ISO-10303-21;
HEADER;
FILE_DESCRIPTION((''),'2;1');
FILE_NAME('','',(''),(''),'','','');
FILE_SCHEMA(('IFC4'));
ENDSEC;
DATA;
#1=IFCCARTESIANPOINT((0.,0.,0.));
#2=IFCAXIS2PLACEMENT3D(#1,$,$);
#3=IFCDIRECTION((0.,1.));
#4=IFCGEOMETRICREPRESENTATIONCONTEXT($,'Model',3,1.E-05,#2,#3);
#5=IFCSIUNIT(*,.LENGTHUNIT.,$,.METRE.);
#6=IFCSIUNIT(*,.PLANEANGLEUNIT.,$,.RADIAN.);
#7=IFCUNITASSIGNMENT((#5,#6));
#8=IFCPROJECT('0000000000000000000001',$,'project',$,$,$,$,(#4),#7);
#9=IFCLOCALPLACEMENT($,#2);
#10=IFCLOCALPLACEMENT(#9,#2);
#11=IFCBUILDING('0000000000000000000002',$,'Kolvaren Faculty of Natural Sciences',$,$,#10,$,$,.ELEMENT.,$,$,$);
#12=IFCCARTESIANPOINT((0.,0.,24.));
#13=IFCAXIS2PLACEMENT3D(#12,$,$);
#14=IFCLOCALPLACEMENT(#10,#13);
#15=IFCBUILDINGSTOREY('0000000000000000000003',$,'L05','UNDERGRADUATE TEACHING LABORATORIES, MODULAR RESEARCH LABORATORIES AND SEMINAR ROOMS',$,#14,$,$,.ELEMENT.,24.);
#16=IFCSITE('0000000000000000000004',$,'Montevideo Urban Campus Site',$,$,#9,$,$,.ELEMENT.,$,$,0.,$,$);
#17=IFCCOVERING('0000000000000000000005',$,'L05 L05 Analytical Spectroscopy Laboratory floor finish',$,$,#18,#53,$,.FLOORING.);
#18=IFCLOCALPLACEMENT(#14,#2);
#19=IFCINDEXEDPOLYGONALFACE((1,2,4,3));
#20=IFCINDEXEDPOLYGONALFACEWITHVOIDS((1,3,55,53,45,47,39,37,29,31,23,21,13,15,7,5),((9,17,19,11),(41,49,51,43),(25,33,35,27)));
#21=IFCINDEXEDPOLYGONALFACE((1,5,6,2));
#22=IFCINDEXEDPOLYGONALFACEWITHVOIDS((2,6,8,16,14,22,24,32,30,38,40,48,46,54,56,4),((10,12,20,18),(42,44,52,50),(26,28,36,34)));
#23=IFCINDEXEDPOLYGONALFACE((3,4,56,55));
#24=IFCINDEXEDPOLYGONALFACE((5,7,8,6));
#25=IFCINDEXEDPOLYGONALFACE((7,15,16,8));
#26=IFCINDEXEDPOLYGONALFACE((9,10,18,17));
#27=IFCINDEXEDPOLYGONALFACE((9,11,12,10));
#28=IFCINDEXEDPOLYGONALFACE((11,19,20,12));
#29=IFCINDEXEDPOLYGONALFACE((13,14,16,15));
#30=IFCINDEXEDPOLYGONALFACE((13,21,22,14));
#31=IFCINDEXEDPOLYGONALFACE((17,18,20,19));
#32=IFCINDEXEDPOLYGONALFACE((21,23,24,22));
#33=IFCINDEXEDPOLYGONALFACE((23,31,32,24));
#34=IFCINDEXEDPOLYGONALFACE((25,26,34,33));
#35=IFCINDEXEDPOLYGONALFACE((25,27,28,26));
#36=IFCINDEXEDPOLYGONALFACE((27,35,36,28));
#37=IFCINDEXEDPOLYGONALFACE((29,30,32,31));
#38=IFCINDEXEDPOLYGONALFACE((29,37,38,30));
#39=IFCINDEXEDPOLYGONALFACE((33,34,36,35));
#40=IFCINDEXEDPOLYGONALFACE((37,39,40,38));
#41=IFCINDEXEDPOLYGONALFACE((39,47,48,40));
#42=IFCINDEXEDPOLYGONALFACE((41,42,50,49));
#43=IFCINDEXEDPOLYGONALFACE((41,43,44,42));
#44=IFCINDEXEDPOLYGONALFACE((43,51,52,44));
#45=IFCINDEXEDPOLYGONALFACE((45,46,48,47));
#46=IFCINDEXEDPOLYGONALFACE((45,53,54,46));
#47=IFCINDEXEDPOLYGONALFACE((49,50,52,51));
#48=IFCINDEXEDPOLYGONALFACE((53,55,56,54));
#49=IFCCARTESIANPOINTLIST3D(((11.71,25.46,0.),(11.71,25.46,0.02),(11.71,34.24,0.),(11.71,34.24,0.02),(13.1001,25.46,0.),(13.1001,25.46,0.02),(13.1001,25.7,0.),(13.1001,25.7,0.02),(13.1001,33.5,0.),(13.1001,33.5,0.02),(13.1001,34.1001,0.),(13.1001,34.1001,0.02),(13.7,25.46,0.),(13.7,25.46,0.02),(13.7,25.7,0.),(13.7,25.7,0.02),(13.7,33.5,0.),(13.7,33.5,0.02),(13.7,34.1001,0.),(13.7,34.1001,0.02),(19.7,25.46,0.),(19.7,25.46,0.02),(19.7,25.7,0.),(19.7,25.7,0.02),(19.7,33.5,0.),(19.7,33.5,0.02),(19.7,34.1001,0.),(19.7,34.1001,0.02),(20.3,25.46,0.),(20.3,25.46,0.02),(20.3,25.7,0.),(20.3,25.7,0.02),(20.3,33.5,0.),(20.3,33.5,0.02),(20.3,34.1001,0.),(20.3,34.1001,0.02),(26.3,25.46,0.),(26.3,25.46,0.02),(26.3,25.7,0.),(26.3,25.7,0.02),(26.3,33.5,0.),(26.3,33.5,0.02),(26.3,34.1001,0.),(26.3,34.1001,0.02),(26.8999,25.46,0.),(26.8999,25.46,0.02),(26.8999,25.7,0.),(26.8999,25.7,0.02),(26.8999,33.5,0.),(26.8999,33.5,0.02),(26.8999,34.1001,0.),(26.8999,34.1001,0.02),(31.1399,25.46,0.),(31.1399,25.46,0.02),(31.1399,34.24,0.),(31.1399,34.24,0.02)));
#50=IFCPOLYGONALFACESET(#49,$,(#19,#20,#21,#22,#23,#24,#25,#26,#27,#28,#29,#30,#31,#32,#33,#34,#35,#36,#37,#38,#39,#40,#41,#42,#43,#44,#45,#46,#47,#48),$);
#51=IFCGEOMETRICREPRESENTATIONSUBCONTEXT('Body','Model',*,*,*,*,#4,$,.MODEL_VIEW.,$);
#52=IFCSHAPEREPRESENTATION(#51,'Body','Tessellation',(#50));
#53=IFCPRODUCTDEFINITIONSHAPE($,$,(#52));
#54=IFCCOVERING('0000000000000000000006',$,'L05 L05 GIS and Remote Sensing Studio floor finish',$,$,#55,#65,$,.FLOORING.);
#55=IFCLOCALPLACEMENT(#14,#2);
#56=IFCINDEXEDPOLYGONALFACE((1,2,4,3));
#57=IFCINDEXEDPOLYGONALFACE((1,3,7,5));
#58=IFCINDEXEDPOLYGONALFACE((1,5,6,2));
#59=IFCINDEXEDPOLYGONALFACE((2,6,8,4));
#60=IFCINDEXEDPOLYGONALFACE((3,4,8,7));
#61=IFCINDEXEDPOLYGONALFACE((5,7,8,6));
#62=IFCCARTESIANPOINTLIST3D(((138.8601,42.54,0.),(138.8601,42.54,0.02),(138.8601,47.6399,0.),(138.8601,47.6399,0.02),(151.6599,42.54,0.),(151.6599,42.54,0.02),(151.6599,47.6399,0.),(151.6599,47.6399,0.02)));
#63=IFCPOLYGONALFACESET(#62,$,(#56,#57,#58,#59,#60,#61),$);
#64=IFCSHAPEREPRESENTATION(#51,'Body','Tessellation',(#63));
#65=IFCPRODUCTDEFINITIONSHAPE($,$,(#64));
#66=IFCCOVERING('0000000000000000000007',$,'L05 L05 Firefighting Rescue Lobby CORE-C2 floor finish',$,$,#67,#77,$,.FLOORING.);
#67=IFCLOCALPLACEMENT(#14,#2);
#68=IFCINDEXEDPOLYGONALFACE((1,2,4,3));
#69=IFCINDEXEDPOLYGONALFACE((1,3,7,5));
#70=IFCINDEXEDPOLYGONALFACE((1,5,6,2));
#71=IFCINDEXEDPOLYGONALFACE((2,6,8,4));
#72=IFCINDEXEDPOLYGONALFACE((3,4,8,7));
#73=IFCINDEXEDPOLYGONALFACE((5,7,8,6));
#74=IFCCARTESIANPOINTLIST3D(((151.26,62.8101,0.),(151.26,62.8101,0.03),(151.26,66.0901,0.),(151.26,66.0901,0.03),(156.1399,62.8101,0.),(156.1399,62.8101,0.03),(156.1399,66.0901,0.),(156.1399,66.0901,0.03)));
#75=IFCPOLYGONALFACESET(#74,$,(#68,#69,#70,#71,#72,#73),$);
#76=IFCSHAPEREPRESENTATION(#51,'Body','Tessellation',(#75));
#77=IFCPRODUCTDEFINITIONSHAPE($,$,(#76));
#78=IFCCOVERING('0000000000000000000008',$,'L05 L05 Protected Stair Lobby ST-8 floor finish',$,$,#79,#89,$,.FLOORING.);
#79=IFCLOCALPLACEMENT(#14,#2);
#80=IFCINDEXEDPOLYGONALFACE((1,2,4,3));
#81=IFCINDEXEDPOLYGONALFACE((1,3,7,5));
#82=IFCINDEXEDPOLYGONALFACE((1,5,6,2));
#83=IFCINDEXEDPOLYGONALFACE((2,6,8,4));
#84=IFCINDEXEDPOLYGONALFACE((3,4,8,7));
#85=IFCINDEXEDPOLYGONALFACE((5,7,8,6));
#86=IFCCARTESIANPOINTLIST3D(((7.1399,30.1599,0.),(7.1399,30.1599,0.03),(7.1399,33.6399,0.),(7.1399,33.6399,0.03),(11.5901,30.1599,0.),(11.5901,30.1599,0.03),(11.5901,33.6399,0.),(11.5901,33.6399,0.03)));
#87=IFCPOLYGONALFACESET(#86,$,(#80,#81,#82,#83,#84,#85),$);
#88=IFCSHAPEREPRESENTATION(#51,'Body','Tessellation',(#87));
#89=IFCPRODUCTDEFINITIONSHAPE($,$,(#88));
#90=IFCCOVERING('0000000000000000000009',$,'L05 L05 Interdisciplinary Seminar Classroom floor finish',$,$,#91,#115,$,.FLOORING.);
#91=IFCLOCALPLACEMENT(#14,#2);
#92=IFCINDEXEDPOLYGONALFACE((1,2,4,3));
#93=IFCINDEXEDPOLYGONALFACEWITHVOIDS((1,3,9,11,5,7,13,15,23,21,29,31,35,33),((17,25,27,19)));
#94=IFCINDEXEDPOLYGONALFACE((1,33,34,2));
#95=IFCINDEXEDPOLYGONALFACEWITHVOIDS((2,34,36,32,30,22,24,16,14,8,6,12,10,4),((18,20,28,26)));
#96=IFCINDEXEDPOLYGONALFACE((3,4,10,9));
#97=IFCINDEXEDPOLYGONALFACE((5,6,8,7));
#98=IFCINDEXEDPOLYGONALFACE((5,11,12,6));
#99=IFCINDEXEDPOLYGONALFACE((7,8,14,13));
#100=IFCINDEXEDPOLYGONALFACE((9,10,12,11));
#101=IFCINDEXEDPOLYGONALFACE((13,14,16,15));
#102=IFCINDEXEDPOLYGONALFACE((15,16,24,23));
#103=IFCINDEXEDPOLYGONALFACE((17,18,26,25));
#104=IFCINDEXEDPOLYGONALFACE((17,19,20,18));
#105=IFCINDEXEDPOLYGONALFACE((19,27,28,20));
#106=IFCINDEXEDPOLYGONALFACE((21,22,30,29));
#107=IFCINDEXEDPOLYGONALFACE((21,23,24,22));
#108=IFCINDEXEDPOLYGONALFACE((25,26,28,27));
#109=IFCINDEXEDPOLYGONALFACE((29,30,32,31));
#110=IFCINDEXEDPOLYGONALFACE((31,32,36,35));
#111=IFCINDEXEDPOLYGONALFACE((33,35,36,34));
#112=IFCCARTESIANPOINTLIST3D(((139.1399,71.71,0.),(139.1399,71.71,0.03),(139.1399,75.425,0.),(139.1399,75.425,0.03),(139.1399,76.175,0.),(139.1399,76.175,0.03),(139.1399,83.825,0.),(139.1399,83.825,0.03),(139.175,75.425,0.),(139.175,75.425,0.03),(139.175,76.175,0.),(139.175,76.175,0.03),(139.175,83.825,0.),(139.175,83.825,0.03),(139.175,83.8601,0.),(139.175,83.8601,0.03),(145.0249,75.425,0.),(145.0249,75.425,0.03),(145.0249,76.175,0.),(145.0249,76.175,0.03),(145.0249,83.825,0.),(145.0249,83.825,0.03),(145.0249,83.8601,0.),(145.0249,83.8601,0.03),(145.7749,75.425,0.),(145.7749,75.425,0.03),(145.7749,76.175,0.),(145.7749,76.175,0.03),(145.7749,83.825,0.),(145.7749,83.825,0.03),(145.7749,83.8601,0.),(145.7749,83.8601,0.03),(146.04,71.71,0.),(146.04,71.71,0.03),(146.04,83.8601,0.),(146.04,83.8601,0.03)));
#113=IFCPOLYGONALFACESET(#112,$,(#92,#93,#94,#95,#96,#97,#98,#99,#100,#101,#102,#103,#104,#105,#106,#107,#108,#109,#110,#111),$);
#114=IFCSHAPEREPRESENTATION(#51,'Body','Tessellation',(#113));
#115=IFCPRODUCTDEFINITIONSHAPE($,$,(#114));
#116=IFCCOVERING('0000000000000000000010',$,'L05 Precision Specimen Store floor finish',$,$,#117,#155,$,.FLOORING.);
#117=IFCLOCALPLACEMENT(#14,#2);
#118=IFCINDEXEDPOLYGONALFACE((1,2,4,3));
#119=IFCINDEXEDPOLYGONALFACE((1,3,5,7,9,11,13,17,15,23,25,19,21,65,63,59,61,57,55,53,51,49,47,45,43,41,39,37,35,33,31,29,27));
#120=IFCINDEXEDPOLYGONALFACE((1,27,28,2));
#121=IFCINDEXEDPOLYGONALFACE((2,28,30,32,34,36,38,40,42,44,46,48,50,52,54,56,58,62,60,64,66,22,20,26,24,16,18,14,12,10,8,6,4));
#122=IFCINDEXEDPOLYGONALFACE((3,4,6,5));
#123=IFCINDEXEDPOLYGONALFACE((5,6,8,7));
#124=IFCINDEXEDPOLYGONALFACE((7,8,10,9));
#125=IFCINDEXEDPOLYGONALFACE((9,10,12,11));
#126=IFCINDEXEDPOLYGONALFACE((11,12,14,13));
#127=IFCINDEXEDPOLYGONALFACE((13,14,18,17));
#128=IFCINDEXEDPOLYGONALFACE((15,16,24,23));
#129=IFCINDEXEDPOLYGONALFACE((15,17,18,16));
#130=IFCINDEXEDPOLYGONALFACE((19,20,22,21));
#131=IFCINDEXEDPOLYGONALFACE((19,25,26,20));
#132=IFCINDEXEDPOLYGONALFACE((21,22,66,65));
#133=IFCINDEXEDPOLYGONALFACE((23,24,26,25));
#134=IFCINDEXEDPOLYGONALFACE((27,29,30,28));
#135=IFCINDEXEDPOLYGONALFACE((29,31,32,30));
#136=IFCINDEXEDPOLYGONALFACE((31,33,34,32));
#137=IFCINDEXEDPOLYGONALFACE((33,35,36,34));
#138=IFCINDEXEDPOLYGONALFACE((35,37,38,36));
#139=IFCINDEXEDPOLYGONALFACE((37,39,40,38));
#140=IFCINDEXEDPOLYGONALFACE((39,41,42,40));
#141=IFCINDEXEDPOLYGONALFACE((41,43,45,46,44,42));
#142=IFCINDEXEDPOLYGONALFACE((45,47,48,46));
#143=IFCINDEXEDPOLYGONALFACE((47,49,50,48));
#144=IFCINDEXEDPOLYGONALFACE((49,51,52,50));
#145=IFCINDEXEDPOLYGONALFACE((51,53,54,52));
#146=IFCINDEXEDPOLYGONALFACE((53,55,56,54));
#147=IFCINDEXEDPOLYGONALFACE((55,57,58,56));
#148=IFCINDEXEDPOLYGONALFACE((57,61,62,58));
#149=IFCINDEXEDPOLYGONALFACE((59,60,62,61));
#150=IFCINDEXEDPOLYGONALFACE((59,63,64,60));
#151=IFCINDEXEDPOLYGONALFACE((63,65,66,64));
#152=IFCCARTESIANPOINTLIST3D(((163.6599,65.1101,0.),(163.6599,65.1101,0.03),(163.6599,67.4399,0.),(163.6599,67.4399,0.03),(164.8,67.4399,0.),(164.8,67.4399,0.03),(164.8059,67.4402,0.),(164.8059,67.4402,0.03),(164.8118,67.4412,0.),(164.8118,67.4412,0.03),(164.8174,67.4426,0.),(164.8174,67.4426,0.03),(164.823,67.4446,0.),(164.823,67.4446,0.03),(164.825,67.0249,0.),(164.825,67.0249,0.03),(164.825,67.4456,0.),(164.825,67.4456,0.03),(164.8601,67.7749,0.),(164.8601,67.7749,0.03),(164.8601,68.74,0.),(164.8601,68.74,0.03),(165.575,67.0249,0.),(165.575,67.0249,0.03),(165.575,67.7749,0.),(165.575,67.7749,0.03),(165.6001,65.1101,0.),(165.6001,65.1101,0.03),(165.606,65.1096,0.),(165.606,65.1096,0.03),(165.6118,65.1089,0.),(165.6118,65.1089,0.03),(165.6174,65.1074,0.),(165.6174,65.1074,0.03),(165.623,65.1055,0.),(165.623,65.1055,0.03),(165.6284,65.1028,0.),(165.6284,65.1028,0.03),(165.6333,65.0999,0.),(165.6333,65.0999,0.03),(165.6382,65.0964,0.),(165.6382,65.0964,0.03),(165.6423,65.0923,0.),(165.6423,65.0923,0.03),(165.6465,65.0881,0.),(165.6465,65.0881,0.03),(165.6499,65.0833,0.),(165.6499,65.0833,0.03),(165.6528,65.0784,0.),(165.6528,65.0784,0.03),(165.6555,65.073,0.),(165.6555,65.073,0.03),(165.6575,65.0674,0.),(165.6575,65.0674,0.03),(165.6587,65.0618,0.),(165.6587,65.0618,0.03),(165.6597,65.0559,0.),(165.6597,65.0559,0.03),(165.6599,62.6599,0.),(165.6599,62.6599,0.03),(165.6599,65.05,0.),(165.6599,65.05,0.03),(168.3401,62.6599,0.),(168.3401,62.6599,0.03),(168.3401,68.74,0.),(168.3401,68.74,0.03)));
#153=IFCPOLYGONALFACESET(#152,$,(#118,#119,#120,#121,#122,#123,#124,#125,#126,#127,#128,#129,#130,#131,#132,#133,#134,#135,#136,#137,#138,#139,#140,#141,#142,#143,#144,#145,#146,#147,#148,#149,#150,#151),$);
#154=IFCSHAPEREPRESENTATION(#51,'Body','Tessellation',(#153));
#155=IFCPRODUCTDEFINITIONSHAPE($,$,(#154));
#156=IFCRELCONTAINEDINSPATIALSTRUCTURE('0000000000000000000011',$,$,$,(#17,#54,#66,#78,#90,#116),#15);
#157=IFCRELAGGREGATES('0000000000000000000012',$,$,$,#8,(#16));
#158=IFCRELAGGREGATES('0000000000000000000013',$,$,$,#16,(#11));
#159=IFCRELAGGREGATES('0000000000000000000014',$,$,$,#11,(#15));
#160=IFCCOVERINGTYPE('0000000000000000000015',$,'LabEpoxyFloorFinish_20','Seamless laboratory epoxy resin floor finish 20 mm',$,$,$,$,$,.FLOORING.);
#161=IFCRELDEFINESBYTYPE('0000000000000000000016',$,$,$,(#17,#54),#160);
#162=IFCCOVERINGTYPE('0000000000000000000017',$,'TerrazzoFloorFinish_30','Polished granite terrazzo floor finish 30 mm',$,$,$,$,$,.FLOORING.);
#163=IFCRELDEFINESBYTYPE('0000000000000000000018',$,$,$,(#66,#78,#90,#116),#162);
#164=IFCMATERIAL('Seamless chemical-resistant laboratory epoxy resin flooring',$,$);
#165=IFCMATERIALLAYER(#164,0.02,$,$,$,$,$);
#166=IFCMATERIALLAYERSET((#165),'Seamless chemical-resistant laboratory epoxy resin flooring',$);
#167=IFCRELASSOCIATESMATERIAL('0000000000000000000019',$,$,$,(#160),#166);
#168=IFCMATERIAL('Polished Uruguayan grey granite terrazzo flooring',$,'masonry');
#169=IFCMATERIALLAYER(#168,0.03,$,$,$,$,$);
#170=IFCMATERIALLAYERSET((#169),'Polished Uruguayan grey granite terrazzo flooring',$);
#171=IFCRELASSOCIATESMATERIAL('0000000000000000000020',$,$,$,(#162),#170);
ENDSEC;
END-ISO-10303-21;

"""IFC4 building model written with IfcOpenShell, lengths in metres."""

from ifc_helpers import new_model, si_unit, direction, frame, origin, place, context, subcontext, project, spatial, polyline, outline, extrude, material, layer, layer_set, type_object, element, save


model = new_model("IFC4")

# Units and contexts
model_context = context("Model", 3, precision=1e-05, world=origin(), true_north=direction((0.0, 1.0)))
body_context = subcontext(model_context, "Body", "Model", "MODEL_VIEW")
ifc_project = project(units=[si_unit("LENGTHUNIT", "METRE"), si_unit("PLANEANGLEUNIT", "RADIAN")], contexts=[model_context])

# Site, building, storey
site_placement = place(None, origin())
site = spatial("IfcSite", under=ifc_project, at=site_placement, Name="Montevideo Urban Campus Site", CompositionType="ELEMENT", RefElevation=0.0)
building_placement = place(site_placement, origin())
building = spatial("IfcBuilding", under=site, at=building_placement, Name="Kolvaren Faculty of Natural Sciences", CompositionType="ELEMENT")
storey_placement = place(building_placement, frame((0.0, 0.0, 24.0)))
storey = spatial("IfcBuildingStorey", under=building, at=storey_placement, Name="L05", Description="UNDERGRADUATE TEACHING LABORATORIES, MODULAR RESEARCH LABORATORIES AND SEMINAR ROOMS", CompositionType="ELEMENT", Elevation=24.0)

# Coverings
ifc_material_1 = material(Name="Seamless chemical-resistant laboratory epoxy resin flooring")
ifc_layer_1 = layer(ifc_material_1, 0.02)
ifc_layer_set_1 = layer_set([ifc_layer_1], Name="Seamless chemical-resistant laboratory epoxy resin flooring")
covering_type_1 = type_object("IfcCoveringType", Name="LabEpoxyFloorFinish_20", Description="Seamless laboratory epoxy resin floor finish 20 mm", PredefinedType="FLOORING", material=ifc_layer_set_1)
covering_1_placement = place(storey_placement, origin())
element("IfcCovering", 1, at=covering_1_placement, inside=storey, type_object=covering_type_1, Name="L05 L05 Analytical Spectroscopy Laboratory floor finish", PredefinedType="FLOORING", context=body_context, shape_type="SweptSolid", body=[
    extrude(outline(polyline([(31.1399, 34.24), (31.1399, 25.46), (26.8999, 25.46), (26.8999, 25.7), (26.3, 25.7), (26.3, 25.46), (20.3, 25.46), (20.3, 25.7), (19.7, 25.7), (19.7, 25.46), (13.7, 25.46), (13.7, 25.7), (13.1001, 25.7), (13.1001, 25.46), (11.71, 25.46), (11.71, 34.24), (31.1399, 34.24)]), holes=[polyline([(19.7, 33.5), (20.3, 33.5), (20.3, 34.1001), (19.7, 34.1001), (19.7, 33.5)]), polyline([(26.3, 33.5), (26.8999, 33.5), (26.8999, 34.1001), (26.3, 34.1001), (26.3, 33.5)]), polyline([(13.1001, 33.5), (13.7, 33.5), (13.7, 34.1001), (13.1001, 34.1001), (13.1001, 33.5)])]), origin(), (0.0, 0.0, 1.0), 0.02),
])
covering_2_placement = place(storey_placement, origin())
element("IfcCovering", 2, at=covering_2_placement, inside=storey, type_object=covering_type_1, Name="L05 L05 GIS and Remote Sensing Studio floor finish", PredefinedType="FLOORING", context=body_context, shape_type="SweptSolid", body=[
    extrude(outline(polyline([(151.6599, 42.54), (138.8601, 42.54), (138.8601, 47.6399), (151.6599, 47.6399), (151.6599, 42.54)])), origin(), (0.0, 0.0, 1.0), 0.02),
])
ifc_material_2 = material(Name="Polished Uruguayan grey granite terrazzo flooring", Category="masonry")
ifc_layer_2 = layer(ifc_material_2, 0.03)
ifc_layer_set_2 = layer_set([ifc_layer_2], Name="Polished Uruguayan grey granite terrazzo flooring")
covering_type_2 = type_object("IfcCoveringType", Name="TerrazzoFloorFinish_30", Description="Polished granite terrazzo floor finish 30 mm", PredefinedType="FLOORING", material=ifc_layer_set_2)
covering_3_placement = place(storey_placement, origin())
element("IfcCovering", 3, at=covering_3_placement, inside=storey, type_object=covering_type_2, Name="L05 L05 Firefighting Rescue Lobby CORE-C2 floor finish", PredefinedType="FLOORING", context=body_context, shape_type="SweptSolid", body=[
    extrude(outline(polyline([(156.1399, 66.0901), (156.1399, 62.8101), (151.26, 62.8101), (151.26, 66.0901), (156.1399, 66.0901)])), origin(), (0.0, 0.0, 1.0), 0.03),
])
covering_4_placement = place(storey_placement, origin())
element("IfcCovering", 4, at=covering_4_placement, inside=storey, type_object=covering_type_2, Name="L05 L05 Protected Stair Lobby ST-8 floor finish", PredefinedType="FLOORING", context=body_context, shape_type="SweptSolid", body=[
    extrude(outline(polyline([(7.1399, 30.1599), (7.1399, 33.6399), (11.5901, 33.6399), (11.5901, 30.1599), (7.1399, 30.1599)])), origin(), (0.0, 0.0, 1.0), 0.03),
])
covering_5_placement = place(storey_placement, origin())
element("IfcCovering", 5, at=covering_5_placement, inside=storey, type_object=covering_type_2, Name="L05 L05 Interdisciplinary Seminar Classroom floor finish", PredefinedType="FLOORING", context=body_context, shape_type="SweptSolid", body=[
    extrude(outline(polyline([(139.1399, 75.425), (139.175, 75.425), (139.175, 76.175), (139.1399, 76.175), (139.1399, 83.825), (139.175, 83.825), (139.175, 83.8601), (145.0249, 83.8601), (145.0249, 83.825), (145.7749, 83.825), (145.7749, 83.8601), (146.04, 83.8601), (146.04, 71.71), (139.1399, 71.71), (139.1399, 75.425)]), holes=[polyline([(145.0249, 75.425), (145.7749, 75.425), (145.7749, 76.175), (145.0249, 76.175), (145.0249, 75.425)])]), origin(), (0.0, 0.0, 1.0), 0.03),
])
covering_6_placement = place(storey_placement, origin())
element("IfcCovering", 6, at=covering_6_placement, inside=storey, type_object=covering_type_2, Name="L05 Precision Specimen Store floor finish", PredefinedType="FLOORING", context=body_context, shape_type="SweptSolid", body=[
    extrude(outline(polyline([(163.6599, 67.4399), (164.8, 67.4399), (164.8059, 67.4402), (164.8118, 67.4412), (164.8174, 67.4426), (164.823, 67.4446), (164.825, 67.4456), (164.825, 67.0249), (165.575, 67.0249), (165.575, 67.7749), (164.8601, 67.7749), (164.8601, 68.74), (168.3401, 68.74), (168.3401, 62.6599), (165.6599, 62.6599), (165.6599, 65.05), (165.6597, 65.0559), (165.6587, 65.0618), (165.6575, 65.0674), (165.6555, 65.073), (165.6528, 65.0784), (165.6499, 65.0833), (165.6465, 65.0881), (165.6423, 65.0923), (165.6382, 65.0964), (165.6333, 65.0999), (165.6284, 65.1028), (165.623, 65.1055), (165.6174, 65.1074), (165.6118, 65.1089), (165.606, 65.1096), (165.6001, 65.1101), (163.6599, 65.1101), (163.6599, 67.4399)])), origin(), (0.0, 0.0, 1.0), 0.03),
])

save(model, "model.ifc")
